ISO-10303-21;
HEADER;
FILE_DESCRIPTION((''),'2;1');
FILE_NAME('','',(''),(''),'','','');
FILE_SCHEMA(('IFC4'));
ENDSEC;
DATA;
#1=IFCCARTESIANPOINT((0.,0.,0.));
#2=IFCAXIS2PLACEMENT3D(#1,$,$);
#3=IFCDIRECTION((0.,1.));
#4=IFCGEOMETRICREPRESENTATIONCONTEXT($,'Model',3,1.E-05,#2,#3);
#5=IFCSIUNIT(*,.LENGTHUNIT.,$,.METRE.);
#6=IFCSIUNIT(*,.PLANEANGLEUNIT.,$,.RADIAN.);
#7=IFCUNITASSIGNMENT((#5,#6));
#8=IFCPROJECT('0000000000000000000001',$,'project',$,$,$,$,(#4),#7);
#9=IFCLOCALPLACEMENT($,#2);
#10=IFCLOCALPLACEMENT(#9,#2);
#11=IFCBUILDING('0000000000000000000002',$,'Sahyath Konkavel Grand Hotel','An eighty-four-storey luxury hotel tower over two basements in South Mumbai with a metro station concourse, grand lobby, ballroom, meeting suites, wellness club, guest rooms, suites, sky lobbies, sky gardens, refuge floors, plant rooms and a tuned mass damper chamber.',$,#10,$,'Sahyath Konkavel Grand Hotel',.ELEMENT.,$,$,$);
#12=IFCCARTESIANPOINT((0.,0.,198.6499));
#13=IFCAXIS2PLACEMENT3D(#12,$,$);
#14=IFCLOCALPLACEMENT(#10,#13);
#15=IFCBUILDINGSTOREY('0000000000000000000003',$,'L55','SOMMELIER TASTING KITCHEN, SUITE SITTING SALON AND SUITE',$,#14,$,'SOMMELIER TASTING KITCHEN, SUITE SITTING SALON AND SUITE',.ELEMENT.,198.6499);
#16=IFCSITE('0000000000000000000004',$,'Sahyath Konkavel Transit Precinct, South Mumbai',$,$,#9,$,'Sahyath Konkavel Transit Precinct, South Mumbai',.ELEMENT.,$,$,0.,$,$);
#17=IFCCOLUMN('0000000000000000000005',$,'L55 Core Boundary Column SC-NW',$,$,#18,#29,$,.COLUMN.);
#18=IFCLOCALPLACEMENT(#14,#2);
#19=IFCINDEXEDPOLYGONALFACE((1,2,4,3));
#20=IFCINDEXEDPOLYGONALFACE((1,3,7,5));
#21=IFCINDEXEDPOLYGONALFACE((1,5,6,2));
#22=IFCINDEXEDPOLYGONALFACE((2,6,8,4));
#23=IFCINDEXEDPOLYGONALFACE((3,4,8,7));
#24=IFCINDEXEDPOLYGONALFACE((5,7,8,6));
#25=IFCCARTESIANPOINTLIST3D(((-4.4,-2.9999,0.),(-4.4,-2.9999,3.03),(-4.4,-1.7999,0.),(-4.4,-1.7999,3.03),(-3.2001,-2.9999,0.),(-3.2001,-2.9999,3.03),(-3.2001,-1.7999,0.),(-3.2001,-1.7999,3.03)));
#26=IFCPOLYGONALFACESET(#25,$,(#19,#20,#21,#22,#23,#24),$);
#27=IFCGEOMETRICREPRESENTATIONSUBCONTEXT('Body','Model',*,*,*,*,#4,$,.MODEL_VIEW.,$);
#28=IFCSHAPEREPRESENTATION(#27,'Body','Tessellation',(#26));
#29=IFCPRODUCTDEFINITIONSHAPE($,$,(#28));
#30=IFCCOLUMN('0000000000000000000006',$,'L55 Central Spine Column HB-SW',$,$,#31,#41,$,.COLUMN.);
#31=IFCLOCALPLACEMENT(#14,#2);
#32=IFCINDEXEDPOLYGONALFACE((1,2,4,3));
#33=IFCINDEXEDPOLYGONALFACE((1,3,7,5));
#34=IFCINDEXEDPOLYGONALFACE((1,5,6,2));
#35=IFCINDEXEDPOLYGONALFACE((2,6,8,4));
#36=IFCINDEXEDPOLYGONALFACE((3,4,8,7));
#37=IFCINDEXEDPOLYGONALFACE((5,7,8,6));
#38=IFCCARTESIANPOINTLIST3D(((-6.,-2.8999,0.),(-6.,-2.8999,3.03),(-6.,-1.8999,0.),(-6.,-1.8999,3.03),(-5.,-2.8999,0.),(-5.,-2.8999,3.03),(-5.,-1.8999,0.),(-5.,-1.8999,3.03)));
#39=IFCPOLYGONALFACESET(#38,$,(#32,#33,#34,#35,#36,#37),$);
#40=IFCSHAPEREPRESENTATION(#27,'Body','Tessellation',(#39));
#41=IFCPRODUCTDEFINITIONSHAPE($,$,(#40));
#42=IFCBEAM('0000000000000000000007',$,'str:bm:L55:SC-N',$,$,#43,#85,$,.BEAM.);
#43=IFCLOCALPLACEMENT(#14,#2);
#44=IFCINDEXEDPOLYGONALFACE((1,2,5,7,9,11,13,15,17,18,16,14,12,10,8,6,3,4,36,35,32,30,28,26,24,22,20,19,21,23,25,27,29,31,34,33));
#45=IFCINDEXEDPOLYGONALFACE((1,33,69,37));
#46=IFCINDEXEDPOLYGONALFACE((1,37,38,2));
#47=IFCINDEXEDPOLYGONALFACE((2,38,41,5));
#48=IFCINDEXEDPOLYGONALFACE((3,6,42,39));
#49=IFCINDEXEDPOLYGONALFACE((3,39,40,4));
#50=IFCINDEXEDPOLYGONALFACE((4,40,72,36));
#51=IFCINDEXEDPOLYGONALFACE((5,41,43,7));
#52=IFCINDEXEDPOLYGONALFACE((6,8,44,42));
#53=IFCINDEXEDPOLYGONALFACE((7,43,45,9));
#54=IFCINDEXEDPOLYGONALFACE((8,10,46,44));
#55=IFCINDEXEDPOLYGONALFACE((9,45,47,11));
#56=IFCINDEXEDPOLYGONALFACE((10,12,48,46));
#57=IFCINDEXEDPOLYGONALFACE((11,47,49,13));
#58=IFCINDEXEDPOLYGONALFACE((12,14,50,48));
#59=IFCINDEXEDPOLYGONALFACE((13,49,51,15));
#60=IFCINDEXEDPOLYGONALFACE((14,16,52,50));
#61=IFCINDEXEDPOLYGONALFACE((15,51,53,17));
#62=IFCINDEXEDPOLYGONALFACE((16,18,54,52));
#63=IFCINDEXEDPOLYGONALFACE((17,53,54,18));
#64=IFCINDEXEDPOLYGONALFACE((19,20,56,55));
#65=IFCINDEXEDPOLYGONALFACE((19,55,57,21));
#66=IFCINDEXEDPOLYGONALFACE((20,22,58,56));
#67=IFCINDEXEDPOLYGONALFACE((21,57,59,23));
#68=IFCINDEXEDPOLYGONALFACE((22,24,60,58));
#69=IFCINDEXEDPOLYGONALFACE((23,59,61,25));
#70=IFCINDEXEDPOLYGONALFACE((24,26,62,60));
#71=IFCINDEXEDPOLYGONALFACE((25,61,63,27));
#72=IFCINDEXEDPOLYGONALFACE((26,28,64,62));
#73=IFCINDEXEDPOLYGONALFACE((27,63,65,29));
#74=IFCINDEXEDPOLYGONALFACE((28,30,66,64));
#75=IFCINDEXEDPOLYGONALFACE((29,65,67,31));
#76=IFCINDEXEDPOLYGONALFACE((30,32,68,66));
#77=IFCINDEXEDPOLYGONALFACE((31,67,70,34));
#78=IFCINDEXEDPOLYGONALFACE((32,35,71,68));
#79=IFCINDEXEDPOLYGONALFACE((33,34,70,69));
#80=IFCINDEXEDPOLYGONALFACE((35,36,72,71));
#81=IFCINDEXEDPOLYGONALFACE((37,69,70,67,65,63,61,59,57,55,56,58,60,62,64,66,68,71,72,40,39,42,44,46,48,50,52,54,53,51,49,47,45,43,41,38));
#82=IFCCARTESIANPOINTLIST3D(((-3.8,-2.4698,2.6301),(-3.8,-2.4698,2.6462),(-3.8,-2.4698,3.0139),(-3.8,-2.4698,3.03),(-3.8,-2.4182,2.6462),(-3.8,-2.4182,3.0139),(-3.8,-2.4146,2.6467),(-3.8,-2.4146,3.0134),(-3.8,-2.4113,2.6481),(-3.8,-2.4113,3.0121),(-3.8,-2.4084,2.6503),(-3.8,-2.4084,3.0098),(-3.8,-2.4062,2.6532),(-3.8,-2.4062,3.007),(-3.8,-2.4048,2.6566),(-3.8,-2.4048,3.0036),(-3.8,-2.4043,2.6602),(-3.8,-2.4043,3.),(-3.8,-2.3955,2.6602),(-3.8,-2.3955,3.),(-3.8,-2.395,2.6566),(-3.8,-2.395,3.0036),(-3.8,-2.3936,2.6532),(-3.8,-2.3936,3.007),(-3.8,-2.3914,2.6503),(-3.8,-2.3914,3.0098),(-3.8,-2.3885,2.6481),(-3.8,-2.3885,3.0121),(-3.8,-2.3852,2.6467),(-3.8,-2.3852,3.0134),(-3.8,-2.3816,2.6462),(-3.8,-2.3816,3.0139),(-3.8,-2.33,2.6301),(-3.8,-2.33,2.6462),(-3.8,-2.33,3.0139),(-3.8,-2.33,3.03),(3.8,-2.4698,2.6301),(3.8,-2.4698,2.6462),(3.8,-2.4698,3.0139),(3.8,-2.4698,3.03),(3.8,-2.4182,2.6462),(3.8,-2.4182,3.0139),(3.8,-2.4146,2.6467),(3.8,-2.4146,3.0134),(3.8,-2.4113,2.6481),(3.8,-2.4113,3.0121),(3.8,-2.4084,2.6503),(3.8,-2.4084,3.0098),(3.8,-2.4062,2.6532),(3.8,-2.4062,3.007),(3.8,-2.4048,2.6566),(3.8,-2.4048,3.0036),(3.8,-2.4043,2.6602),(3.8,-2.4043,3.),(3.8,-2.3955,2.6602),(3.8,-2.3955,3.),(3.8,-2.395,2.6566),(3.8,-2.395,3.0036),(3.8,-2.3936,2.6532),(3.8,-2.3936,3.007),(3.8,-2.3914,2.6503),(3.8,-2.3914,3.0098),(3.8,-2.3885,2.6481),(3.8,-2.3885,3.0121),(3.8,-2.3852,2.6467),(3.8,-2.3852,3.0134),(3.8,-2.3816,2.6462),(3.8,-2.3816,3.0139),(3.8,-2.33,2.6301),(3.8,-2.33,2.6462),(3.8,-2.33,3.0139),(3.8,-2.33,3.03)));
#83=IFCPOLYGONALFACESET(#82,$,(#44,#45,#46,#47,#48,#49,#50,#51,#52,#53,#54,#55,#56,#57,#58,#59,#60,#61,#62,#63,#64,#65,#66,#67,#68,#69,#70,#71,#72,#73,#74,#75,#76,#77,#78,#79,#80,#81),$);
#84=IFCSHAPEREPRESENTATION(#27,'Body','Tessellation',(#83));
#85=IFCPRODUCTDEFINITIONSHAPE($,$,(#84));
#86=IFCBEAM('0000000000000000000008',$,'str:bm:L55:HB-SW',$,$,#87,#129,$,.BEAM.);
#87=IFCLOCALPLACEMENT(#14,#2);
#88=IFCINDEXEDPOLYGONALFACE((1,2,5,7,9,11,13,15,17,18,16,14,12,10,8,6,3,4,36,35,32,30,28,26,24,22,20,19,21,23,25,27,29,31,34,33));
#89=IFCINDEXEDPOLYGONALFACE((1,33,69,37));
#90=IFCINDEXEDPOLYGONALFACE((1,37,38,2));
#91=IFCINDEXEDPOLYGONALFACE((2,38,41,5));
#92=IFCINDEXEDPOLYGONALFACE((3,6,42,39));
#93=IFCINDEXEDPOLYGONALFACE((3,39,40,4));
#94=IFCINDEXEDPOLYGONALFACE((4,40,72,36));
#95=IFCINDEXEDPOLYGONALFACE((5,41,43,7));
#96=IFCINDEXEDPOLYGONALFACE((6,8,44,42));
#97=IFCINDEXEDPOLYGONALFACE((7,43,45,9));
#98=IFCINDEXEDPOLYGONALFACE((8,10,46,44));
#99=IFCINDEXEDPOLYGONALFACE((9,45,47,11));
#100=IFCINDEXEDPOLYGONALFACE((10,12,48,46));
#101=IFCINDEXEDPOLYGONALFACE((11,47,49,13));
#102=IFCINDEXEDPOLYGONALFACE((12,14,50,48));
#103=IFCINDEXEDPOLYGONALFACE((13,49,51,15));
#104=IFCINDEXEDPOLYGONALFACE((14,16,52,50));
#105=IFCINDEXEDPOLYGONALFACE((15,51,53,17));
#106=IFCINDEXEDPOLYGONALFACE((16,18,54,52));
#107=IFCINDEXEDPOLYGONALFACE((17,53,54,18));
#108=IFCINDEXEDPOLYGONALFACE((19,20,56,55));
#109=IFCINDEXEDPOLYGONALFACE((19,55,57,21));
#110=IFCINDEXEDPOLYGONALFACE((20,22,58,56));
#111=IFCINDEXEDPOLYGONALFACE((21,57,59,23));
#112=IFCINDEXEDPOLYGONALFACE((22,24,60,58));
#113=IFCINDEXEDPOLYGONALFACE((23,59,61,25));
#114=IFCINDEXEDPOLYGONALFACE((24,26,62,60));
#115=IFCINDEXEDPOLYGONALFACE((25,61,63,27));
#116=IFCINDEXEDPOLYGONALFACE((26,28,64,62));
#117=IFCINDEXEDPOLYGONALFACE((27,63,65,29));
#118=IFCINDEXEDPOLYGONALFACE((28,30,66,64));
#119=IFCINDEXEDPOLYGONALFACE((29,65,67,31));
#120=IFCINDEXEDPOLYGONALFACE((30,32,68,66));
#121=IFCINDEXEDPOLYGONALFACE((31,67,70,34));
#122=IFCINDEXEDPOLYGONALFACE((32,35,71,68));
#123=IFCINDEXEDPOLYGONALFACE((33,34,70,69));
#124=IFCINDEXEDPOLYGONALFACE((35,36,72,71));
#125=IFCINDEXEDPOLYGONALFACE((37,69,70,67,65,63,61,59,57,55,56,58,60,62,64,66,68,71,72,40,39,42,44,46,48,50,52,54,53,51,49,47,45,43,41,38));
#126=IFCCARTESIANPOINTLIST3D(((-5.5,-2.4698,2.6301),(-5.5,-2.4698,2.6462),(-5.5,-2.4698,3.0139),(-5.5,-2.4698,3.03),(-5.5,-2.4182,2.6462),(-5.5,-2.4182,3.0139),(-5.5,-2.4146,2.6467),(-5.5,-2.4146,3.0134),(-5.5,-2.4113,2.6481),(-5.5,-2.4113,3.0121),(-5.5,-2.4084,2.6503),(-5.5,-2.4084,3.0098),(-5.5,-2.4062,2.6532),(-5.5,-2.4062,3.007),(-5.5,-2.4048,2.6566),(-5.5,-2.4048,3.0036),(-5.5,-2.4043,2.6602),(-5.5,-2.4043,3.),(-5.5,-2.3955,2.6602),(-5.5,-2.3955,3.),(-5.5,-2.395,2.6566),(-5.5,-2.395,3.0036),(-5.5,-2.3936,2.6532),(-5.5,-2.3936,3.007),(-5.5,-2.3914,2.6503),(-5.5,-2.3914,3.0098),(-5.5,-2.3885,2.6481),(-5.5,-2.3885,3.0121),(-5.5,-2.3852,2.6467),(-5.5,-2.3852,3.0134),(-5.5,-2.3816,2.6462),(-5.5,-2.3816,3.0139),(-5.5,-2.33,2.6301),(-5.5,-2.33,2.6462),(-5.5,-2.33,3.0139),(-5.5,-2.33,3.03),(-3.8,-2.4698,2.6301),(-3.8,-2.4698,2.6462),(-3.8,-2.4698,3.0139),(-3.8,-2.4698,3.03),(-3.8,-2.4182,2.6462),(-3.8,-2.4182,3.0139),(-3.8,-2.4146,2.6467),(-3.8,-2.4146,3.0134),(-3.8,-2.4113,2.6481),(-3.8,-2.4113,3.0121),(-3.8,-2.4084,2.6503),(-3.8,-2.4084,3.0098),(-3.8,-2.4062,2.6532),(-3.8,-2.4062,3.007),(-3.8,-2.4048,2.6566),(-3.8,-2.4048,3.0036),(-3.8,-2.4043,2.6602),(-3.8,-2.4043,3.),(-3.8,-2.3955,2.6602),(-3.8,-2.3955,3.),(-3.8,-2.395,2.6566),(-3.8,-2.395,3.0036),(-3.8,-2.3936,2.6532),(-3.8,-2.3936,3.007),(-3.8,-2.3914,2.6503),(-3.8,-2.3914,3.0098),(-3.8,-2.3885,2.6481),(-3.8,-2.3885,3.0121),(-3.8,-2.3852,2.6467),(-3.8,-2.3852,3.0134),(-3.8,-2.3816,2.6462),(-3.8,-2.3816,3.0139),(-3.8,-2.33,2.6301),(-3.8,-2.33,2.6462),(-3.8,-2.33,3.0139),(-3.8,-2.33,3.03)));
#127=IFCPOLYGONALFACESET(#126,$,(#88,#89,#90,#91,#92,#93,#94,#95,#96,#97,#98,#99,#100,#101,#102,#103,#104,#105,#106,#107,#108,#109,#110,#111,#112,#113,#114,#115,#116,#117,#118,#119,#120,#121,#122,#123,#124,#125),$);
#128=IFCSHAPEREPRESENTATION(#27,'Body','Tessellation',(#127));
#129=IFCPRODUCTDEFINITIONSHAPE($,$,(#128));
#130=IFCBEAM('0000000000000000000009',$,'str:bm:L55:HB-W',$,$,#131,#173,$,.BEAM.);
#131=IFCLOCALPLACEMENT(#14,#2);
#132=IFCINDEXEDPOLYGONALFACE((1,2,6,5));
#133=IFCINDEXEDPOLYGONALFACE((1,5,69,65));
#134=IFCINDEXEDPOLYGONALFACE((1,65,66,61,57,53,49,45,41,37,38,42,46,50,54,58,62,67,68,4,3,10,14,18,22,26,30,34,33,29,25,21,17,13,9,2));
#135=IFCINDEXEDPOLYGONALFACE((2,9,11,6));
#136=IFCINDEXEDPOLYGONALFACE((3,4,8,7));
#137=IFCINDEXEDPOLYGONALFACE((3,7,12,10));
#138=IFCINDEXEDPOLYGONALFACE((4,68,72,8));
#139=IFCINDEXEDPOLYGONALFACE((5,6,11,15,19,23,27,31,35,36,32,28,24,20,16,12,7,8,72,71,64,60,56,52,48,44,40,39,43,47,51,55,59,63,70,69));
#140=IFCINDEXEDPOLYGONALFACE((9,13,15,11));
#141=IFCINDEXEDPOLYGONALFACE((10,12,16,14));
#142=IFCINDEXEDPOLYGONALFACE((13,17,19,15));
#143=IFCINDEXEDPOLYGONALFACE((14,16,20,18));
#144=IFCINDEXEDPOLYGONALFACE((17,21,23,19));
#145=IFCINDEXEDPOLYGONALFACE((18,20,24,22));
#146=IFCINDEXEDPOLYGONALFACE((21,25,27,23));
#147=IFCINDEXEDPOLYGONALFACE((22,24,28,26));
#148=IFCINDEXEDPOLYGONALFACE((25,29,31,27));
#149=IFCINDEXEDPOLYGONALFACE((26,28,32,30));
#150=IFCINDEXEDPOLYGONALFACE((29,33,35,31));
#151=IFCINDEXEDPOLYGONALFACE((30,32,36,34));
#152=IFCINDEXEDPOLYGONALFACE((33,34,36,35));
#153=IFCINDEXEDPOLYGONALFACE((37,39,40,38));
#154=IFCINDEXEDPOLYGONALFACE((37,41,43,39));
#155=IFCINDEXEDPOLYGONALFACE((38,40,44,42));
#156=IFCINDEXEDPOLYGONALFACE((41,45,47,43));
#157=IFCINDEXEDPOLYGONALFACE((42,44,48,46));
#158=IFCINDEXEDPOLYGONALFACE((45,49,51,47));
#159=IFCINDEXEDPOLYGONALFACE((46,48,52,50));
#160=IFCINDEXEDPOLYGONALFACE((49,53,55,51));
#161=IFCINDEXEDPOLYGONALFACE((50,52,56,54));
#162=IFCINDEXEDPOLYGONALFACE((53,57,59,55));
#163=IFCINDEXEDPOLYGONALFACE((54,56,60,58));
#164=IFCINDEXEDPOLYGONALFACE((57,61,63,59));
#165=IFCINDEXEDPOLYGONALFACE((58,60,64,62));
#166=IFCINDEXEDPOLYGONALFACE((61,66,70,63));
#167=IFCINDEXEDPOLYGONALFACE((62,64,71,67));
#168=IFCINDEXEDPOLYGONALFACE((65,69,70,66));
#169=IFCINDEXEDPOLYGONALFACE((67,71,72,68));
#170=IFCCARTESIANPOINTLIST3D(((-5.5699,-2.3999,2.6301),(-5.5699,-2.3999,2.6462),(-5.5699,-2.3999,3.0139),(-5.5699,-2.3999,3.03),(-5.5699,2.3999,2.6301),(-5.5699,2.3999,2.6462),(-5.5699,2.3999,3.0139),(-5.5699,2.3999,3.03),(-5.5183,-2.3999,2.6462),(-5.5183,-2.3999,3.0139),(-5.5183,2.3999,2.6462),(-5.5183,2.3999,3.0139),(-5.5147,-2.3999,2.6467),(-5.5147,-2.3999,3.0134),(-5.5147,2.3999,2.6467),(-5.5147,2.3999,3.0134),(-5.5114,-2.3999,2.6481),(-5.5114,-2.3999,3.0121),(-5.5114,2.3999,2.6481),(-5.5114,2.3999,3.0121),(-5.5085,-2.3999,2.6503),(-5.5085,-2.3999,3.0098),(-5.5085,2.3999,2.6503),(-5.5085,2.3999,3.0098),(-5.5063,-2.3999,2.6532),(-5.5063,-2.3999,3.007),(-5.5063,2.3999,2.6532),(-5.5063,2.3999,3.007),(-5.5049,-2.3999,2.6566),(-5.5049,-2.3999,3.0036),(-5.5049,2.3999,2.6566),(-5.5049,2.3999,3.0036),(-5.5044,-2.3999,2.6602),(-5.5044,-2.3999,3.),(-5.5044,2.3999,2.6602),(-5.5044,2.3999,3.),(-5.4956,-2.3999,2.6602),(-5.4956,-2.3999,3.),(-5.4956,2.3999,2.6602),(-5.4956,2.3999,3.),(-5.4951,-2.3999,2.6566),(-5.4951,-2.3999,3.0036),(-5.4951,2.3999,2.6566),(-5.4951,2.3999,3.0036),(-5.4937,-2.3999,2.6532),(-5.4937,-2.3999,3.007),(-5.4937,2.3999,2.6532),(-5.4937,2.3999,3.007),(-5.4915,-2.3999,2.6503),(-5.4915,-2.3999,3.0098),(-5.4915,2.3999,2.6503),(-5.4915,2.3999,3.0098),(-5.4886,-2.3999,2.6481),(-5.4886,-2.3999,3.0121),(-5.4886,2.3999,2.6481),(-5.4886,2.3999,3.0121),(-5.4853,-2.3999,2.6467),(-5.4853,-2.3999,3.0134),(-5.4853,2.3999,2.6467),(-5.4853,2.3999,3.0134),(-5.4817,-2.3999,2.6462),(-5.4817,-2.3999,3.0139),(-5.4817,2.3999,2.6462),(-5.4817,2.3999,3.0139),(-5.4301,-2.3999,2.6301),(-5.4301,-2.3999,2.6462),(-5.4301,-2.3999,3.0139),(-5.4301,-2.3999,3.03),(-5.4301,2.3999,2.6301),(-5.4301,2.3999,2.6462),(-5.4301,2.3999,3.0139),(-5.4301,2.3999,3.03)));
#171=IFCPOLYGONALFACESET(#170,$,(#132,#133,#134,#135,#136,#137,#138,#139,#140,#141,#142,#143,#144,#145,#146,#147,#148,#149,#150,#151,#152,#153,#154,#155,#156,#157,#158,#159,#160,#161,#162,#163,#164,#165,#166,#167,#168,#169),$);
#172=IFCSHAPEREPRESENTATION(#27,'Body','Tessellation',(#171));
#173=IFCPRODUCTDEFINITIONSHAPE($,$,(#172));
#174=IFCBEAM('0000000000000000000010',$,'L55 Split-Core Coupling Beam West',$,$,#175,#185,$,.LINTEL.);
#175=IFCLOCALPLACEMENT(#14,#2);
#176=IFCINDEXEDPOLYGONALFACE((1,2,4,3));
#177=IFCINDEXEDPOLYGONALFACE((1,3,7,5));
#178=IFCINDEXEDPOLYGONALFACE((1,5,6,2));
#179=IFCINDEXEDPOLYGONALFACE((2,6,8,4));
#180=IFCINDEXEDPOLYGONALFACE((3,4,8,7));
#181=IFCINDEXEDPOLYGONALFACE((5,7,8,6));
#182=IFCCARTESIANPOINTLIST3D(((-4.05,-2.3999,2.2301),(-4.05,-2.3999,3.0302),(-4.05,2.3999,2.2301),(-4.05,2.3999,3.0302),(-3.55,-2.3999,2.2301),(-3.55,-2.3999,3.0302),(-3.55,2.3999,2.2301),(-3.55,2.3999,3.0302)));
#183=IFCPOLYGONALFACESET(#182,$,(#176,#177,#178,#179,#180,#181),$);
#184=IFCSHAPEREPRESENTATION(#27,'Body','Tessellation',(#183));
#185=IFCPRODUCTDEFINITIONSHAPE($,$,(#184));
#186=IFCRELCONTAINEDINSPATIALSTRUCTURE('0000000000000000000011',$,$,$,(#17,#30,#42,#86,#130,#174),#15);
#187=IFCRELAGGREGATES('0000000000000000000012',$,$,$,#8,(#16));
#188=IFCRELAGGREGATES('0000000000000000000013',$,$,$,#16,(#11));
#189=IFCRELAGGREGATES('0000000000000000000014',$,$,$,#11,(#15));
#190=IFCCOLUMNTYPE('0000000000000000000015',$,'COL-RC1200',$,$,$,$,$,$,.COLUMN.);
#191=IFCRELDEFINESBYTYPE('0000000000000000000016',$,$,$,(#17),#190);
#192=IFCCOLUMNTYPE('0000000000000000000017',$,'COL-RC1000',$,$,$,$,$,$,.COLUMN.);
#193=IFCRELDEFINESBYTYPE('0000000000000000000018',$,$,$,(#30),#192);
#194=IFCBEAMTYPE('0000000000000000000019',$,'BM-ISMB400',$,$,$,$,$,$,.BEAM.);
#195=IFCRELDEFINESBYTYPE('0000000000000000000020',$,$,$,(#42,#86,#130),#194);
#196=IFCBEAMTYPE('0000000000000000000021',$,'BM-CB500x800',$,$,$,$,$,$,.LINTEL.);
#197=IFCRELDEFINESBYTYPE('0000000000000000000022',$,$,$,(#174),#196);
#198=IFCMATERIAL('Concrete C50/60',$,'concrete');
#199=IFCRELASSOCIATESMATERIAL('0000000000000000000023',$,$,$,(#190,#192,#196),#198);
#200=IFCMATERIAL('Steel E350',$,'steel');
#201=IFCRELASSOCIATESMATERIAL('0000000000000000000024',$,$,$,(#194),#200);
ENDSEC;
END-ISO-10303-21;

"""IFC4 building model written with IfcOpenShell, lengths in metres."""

from ifc_helpers import new_model, si_unit, direction, frame, origin, origin_2d, place, context, subcontext, project, spatial, rectangle, i_section, extrude, source, transform, mapped, material, material_profile, profile_set, type_object, element, save


model = new_model("IFC4")

# Units and contexts
model_context = context("Model", 3, precision=1e-05, world=origin(), true_north=direction((0.0, 1.0)))
body_context = subcontext(model_context, "Body", "Model", "MODEL_VIEW")
ifc_project = project(units=[si_unit("LENGTHUNIT", "METRE"), si_unit("PLANEANGLEUNIT", "RADIAN")], contexts=[model_context])

# Site, building, storey
site_placement = place(None, origin())
site = spatial("IfcSite", under=ifc_project, at=site_placement, Name="Sahyath Konkavel Transit Precinct, South Mumbai", LongName="Sahyath Konkavel Transit Precinct, South Mumbai", CompositionType="ELEMENT", RefElevation=0.0)
building_placement = place(site_placement, origin())
building = spatial("IfcBuilding", under=site, at=building_placement, Name="Sahyath Konkavel Grand Hotel", Description="An eighty-four-storey luxury hotel tower over two basements in South Mumbai with a metro station concourse, grand lobby, ballroom, meeting suites, wellness club, guest rooms, suites, sky lobbies, sky gardens, refuge floors, plant rooms and a tuned mass damper chamber.", LongName="Sahyath Konkavel Grand Hotel", CompositionType="ELEMENT")
storey_placement = place(building_placement, frame((0.0, 0.0, 198.6499)))
storey = spatial("IfcBuildingStorey", under=building, at=storey_placement, Name="L55", Description="SOMMELIER TASTING KITCHEN, SUITE SITTING SALON AND SUITE", LongName="SOMMELIER TASTING KITCHEN, SUITE SITTING SALON AND SUITE", CompositionType="ELEMENT", Elevation=198.6499)

# Columns
ifc_material_1 = material(Name="Concrete C50/60", Category="concrete")
ifc_material_profile_1 = material_profile(ifc_material_1, rectangle(XDim=1.2, YDim=1.2, at=origin_2d()), Name="RC 1200x1200")
ifc_profile_set_1 = profile_set([ifc_material_profile_1], Name="Concrete C50/60")
column_type_1 = type_object("IfcColumnType", Name="COL-RC1200", PredefinedType="COLUMN", material=ifc_profile_set_1)
shared_shape_1 = source(origin(), body_context, "Body", "SweptSolid", [
    extrude(rectangle(XDim=1.2, YDim=1.2, at=origin_2d()), origin(), (0.0, 0.0, 1.0), 3.03),
])
column_1_placement = place(storey_placement, frame((-3.8, -2.3999, 0.0), z_axis=(0.0, 0.0, 1.0), x_axis=(1.0, 0.0, 0.0)))
element("IfcColumn", 1, at=column_1_placement, inside=storey, type_object=column_type_1, Name="L55 Core Boundary Column SC-NW", PredefinedType="COLUMN", context=body_context, shape_type="MappedRepresentation", body=[
    mapped(shared_shape_1, transform((0.0, 0.0, 0.0), scale=1.0)),
])
ifc_material_profile_2 = material_profile(ifc_material_1, rectangle(XDim=1.0, YDim=1.0, at=origin_2d()), Name="RC 1000x1000")
ifc_profile_set_2 = profile_set([ifc_material_profile_2], Name="Concrete C50/60")
column_type_2 = type_object("IfcColumnType", Name="COL-RC1000", PredefinedType="COLUMN", material=ifc_profile_set_2)
shared_shape_2 = source(origin(), body_context, "Body", "SweptSolid", [
    extrude(rectangle(XDim=1.0, YDim=1.0, at=origin_2d()), origin(), (0.0, 0.0, 1.0), 3.03),
])
column_2_placement = place(storey_placement, frame((-5.5, -2.3999, 0.0), z_axis=(0.0, 0.0, 1.0), x_axis=(1.0, 0.0, 0.0)))
element("IfcColumn", 2, at=column_2_placement, inside=storey, type_object=column_type_2, Name="L55 Central Spine Column HB-SW", PredefinedType="COLUMN", context=body_context, shape_type="MappedRepresentation", body=[
    mapped(shared_shape_2, transform((0.0, 0.0, 0.0), scale=1.0)),
])

# Beams
ifc_material_2 = material(Name="Steel E350", Category="steel")
ifc_material_profile_3 = material_profile(ifc_material_2, i_section(OverallWidth=0.1399, OverallDepth=0.3999, WebThickness=0.0088, FlangeThickness=0.0161, FilletRadius=0.0139, at=origin_2d()), Name="ISMB 400")
ifc_profile_set_3 = profile_set([ifc_material_profile_3], Name="Steel E350")
beam_type_1 = type_object("IfcBeamType", Name="BM-ISMB400", PredefinedType="BEAM", material=ifc_profile_set_3)
shared_shape_3 = source(origin(), body_context, "Body", "SweptSolid", [
    extrude(i_section(OverallWidth=0.1399, OverallDepth=0.3999, WebThickness=0.0088, FlangeThickness=0.0161, FilletRadius=0.0139, at=origin_2d()), origin(), (0.0, 0.0, 1.0), 7.6001),
])
beam_1_placement = place(storey_placement, frame((-3.8, -2.3999, 2.8301), z_axis=(1.0, 0.0, 0.0), x_axis=(0.0, 1.0, 0.0)))
element("IfcBeam", 3, at=beam_1_placement, inside=storey, type_object=beam_type_1, Name="str:bm:L55:SC-N", PredefinedType="BEAM", context=body_context, shape_type="MappedRepresentation", body=[
    mapped(shared_shape_3, transform((0.0, 0.0, 0.0), scale=1.0)),
])
shared_shape_4 = source(origin(), body_context, "Body", "SweptSolid", [
    extrude(i_section(OverallWidth=0.1399, OverallDepth=0.3999, WebThickness=0.0088, FlangeThickness=0.0161, FilletRadius=0.0139, at=origin_2d()), origin(), (0.0, 0.0, 1.0), 1.7),
])
beam_2_placement = place(storey_placement, frame((-5.5, -2.3999, 2.8301), z_axis=(1.0, 0.0, 0.0), x_axis=(0.0, 1.0, 0.0)))
element("IfcBeam", 4, at=beam_2_placement, inside=storey, type_object=beam_type_1, Name="str:bm:L55:HB-SW", PredefinedType="BEAM", context=body_context, shape_type="MappedRepresentation", body=[
    mapped(shared_shape_4, transform((0.0, 0.0, 0.0), scale=1.0)),
])
shared_shape_5 = source(origin(), body_context, "Body", "SweptSolid", [
    extrude(i_section(OverallWidth=0.1399, OverallDepth=0.3999, WebThickness=0.0088, FlangeThickness=0.0161, FilletRadius=0.0139, at=origin_2d()), origin(), (0.0, 0.0, 1.0), 4.7998),
])
beam_3_placement = place(storey_placement, frame((-5.5, -2.3999, 2.8301), z_axis=(0.0, 1.0, 0.0), x_axis=(-1.0, 0.0, 0.0)))
element("IfcBeam", 5, at=beam_3_placement, inside=storey, type_object=beam_type_1, Name="str:bm:L55:HB-W", PredefinedType="BEAM", context=body_context, shape_type="MappedRepresentation", body=[
    mapped(shared_shape_5, transform((0.0, 0.0, 0.0), scale=1.0)),
])
ifc_material_profile_4 = material_profile(ifc_material_1, rectangle(XDim=0.5, YDim=0.8, at=origin_2d()), Name="RC 500x800")
ifc_profile_set_4 = profile_set([ifc_material_profile_4], Name="Concrete C50/60")
beam_type_2 = type_object("IfcBeamType", Name="BM-CB500x800", PredefinedType="LINTEL", material=ifc_profile_set_4)
shared_shape_6 = source(origin(), body_context, "Body", "SweptSolid", [
    extrude(rectangle(XDim=0.5, YDim=0.8, at=origin_2d()), origin(), (0.0, 0.0, 1.0), 4.7998),
])
beam_4_placement = place(storey_placement, frame((-3.8, -2.3999, 2.6301), z_axis=(0.0, 1.0, 0.0), x_axis=(-1.0, 0.0, 0.0)))
element("IfcBeam", 6, at=beam_4_placement, inside=storey, type_object=beam_type_2, Name="L55 Split-Core Coupling Beam West", PredefinedType="LINTEL", context=body_context, shape_type="MappedRepresentation", body=[
    mapped(shared_shape_6, transform((0.0, 0.0, 0.0), scale=1.0)),
])

save(model, "model.ifc")
